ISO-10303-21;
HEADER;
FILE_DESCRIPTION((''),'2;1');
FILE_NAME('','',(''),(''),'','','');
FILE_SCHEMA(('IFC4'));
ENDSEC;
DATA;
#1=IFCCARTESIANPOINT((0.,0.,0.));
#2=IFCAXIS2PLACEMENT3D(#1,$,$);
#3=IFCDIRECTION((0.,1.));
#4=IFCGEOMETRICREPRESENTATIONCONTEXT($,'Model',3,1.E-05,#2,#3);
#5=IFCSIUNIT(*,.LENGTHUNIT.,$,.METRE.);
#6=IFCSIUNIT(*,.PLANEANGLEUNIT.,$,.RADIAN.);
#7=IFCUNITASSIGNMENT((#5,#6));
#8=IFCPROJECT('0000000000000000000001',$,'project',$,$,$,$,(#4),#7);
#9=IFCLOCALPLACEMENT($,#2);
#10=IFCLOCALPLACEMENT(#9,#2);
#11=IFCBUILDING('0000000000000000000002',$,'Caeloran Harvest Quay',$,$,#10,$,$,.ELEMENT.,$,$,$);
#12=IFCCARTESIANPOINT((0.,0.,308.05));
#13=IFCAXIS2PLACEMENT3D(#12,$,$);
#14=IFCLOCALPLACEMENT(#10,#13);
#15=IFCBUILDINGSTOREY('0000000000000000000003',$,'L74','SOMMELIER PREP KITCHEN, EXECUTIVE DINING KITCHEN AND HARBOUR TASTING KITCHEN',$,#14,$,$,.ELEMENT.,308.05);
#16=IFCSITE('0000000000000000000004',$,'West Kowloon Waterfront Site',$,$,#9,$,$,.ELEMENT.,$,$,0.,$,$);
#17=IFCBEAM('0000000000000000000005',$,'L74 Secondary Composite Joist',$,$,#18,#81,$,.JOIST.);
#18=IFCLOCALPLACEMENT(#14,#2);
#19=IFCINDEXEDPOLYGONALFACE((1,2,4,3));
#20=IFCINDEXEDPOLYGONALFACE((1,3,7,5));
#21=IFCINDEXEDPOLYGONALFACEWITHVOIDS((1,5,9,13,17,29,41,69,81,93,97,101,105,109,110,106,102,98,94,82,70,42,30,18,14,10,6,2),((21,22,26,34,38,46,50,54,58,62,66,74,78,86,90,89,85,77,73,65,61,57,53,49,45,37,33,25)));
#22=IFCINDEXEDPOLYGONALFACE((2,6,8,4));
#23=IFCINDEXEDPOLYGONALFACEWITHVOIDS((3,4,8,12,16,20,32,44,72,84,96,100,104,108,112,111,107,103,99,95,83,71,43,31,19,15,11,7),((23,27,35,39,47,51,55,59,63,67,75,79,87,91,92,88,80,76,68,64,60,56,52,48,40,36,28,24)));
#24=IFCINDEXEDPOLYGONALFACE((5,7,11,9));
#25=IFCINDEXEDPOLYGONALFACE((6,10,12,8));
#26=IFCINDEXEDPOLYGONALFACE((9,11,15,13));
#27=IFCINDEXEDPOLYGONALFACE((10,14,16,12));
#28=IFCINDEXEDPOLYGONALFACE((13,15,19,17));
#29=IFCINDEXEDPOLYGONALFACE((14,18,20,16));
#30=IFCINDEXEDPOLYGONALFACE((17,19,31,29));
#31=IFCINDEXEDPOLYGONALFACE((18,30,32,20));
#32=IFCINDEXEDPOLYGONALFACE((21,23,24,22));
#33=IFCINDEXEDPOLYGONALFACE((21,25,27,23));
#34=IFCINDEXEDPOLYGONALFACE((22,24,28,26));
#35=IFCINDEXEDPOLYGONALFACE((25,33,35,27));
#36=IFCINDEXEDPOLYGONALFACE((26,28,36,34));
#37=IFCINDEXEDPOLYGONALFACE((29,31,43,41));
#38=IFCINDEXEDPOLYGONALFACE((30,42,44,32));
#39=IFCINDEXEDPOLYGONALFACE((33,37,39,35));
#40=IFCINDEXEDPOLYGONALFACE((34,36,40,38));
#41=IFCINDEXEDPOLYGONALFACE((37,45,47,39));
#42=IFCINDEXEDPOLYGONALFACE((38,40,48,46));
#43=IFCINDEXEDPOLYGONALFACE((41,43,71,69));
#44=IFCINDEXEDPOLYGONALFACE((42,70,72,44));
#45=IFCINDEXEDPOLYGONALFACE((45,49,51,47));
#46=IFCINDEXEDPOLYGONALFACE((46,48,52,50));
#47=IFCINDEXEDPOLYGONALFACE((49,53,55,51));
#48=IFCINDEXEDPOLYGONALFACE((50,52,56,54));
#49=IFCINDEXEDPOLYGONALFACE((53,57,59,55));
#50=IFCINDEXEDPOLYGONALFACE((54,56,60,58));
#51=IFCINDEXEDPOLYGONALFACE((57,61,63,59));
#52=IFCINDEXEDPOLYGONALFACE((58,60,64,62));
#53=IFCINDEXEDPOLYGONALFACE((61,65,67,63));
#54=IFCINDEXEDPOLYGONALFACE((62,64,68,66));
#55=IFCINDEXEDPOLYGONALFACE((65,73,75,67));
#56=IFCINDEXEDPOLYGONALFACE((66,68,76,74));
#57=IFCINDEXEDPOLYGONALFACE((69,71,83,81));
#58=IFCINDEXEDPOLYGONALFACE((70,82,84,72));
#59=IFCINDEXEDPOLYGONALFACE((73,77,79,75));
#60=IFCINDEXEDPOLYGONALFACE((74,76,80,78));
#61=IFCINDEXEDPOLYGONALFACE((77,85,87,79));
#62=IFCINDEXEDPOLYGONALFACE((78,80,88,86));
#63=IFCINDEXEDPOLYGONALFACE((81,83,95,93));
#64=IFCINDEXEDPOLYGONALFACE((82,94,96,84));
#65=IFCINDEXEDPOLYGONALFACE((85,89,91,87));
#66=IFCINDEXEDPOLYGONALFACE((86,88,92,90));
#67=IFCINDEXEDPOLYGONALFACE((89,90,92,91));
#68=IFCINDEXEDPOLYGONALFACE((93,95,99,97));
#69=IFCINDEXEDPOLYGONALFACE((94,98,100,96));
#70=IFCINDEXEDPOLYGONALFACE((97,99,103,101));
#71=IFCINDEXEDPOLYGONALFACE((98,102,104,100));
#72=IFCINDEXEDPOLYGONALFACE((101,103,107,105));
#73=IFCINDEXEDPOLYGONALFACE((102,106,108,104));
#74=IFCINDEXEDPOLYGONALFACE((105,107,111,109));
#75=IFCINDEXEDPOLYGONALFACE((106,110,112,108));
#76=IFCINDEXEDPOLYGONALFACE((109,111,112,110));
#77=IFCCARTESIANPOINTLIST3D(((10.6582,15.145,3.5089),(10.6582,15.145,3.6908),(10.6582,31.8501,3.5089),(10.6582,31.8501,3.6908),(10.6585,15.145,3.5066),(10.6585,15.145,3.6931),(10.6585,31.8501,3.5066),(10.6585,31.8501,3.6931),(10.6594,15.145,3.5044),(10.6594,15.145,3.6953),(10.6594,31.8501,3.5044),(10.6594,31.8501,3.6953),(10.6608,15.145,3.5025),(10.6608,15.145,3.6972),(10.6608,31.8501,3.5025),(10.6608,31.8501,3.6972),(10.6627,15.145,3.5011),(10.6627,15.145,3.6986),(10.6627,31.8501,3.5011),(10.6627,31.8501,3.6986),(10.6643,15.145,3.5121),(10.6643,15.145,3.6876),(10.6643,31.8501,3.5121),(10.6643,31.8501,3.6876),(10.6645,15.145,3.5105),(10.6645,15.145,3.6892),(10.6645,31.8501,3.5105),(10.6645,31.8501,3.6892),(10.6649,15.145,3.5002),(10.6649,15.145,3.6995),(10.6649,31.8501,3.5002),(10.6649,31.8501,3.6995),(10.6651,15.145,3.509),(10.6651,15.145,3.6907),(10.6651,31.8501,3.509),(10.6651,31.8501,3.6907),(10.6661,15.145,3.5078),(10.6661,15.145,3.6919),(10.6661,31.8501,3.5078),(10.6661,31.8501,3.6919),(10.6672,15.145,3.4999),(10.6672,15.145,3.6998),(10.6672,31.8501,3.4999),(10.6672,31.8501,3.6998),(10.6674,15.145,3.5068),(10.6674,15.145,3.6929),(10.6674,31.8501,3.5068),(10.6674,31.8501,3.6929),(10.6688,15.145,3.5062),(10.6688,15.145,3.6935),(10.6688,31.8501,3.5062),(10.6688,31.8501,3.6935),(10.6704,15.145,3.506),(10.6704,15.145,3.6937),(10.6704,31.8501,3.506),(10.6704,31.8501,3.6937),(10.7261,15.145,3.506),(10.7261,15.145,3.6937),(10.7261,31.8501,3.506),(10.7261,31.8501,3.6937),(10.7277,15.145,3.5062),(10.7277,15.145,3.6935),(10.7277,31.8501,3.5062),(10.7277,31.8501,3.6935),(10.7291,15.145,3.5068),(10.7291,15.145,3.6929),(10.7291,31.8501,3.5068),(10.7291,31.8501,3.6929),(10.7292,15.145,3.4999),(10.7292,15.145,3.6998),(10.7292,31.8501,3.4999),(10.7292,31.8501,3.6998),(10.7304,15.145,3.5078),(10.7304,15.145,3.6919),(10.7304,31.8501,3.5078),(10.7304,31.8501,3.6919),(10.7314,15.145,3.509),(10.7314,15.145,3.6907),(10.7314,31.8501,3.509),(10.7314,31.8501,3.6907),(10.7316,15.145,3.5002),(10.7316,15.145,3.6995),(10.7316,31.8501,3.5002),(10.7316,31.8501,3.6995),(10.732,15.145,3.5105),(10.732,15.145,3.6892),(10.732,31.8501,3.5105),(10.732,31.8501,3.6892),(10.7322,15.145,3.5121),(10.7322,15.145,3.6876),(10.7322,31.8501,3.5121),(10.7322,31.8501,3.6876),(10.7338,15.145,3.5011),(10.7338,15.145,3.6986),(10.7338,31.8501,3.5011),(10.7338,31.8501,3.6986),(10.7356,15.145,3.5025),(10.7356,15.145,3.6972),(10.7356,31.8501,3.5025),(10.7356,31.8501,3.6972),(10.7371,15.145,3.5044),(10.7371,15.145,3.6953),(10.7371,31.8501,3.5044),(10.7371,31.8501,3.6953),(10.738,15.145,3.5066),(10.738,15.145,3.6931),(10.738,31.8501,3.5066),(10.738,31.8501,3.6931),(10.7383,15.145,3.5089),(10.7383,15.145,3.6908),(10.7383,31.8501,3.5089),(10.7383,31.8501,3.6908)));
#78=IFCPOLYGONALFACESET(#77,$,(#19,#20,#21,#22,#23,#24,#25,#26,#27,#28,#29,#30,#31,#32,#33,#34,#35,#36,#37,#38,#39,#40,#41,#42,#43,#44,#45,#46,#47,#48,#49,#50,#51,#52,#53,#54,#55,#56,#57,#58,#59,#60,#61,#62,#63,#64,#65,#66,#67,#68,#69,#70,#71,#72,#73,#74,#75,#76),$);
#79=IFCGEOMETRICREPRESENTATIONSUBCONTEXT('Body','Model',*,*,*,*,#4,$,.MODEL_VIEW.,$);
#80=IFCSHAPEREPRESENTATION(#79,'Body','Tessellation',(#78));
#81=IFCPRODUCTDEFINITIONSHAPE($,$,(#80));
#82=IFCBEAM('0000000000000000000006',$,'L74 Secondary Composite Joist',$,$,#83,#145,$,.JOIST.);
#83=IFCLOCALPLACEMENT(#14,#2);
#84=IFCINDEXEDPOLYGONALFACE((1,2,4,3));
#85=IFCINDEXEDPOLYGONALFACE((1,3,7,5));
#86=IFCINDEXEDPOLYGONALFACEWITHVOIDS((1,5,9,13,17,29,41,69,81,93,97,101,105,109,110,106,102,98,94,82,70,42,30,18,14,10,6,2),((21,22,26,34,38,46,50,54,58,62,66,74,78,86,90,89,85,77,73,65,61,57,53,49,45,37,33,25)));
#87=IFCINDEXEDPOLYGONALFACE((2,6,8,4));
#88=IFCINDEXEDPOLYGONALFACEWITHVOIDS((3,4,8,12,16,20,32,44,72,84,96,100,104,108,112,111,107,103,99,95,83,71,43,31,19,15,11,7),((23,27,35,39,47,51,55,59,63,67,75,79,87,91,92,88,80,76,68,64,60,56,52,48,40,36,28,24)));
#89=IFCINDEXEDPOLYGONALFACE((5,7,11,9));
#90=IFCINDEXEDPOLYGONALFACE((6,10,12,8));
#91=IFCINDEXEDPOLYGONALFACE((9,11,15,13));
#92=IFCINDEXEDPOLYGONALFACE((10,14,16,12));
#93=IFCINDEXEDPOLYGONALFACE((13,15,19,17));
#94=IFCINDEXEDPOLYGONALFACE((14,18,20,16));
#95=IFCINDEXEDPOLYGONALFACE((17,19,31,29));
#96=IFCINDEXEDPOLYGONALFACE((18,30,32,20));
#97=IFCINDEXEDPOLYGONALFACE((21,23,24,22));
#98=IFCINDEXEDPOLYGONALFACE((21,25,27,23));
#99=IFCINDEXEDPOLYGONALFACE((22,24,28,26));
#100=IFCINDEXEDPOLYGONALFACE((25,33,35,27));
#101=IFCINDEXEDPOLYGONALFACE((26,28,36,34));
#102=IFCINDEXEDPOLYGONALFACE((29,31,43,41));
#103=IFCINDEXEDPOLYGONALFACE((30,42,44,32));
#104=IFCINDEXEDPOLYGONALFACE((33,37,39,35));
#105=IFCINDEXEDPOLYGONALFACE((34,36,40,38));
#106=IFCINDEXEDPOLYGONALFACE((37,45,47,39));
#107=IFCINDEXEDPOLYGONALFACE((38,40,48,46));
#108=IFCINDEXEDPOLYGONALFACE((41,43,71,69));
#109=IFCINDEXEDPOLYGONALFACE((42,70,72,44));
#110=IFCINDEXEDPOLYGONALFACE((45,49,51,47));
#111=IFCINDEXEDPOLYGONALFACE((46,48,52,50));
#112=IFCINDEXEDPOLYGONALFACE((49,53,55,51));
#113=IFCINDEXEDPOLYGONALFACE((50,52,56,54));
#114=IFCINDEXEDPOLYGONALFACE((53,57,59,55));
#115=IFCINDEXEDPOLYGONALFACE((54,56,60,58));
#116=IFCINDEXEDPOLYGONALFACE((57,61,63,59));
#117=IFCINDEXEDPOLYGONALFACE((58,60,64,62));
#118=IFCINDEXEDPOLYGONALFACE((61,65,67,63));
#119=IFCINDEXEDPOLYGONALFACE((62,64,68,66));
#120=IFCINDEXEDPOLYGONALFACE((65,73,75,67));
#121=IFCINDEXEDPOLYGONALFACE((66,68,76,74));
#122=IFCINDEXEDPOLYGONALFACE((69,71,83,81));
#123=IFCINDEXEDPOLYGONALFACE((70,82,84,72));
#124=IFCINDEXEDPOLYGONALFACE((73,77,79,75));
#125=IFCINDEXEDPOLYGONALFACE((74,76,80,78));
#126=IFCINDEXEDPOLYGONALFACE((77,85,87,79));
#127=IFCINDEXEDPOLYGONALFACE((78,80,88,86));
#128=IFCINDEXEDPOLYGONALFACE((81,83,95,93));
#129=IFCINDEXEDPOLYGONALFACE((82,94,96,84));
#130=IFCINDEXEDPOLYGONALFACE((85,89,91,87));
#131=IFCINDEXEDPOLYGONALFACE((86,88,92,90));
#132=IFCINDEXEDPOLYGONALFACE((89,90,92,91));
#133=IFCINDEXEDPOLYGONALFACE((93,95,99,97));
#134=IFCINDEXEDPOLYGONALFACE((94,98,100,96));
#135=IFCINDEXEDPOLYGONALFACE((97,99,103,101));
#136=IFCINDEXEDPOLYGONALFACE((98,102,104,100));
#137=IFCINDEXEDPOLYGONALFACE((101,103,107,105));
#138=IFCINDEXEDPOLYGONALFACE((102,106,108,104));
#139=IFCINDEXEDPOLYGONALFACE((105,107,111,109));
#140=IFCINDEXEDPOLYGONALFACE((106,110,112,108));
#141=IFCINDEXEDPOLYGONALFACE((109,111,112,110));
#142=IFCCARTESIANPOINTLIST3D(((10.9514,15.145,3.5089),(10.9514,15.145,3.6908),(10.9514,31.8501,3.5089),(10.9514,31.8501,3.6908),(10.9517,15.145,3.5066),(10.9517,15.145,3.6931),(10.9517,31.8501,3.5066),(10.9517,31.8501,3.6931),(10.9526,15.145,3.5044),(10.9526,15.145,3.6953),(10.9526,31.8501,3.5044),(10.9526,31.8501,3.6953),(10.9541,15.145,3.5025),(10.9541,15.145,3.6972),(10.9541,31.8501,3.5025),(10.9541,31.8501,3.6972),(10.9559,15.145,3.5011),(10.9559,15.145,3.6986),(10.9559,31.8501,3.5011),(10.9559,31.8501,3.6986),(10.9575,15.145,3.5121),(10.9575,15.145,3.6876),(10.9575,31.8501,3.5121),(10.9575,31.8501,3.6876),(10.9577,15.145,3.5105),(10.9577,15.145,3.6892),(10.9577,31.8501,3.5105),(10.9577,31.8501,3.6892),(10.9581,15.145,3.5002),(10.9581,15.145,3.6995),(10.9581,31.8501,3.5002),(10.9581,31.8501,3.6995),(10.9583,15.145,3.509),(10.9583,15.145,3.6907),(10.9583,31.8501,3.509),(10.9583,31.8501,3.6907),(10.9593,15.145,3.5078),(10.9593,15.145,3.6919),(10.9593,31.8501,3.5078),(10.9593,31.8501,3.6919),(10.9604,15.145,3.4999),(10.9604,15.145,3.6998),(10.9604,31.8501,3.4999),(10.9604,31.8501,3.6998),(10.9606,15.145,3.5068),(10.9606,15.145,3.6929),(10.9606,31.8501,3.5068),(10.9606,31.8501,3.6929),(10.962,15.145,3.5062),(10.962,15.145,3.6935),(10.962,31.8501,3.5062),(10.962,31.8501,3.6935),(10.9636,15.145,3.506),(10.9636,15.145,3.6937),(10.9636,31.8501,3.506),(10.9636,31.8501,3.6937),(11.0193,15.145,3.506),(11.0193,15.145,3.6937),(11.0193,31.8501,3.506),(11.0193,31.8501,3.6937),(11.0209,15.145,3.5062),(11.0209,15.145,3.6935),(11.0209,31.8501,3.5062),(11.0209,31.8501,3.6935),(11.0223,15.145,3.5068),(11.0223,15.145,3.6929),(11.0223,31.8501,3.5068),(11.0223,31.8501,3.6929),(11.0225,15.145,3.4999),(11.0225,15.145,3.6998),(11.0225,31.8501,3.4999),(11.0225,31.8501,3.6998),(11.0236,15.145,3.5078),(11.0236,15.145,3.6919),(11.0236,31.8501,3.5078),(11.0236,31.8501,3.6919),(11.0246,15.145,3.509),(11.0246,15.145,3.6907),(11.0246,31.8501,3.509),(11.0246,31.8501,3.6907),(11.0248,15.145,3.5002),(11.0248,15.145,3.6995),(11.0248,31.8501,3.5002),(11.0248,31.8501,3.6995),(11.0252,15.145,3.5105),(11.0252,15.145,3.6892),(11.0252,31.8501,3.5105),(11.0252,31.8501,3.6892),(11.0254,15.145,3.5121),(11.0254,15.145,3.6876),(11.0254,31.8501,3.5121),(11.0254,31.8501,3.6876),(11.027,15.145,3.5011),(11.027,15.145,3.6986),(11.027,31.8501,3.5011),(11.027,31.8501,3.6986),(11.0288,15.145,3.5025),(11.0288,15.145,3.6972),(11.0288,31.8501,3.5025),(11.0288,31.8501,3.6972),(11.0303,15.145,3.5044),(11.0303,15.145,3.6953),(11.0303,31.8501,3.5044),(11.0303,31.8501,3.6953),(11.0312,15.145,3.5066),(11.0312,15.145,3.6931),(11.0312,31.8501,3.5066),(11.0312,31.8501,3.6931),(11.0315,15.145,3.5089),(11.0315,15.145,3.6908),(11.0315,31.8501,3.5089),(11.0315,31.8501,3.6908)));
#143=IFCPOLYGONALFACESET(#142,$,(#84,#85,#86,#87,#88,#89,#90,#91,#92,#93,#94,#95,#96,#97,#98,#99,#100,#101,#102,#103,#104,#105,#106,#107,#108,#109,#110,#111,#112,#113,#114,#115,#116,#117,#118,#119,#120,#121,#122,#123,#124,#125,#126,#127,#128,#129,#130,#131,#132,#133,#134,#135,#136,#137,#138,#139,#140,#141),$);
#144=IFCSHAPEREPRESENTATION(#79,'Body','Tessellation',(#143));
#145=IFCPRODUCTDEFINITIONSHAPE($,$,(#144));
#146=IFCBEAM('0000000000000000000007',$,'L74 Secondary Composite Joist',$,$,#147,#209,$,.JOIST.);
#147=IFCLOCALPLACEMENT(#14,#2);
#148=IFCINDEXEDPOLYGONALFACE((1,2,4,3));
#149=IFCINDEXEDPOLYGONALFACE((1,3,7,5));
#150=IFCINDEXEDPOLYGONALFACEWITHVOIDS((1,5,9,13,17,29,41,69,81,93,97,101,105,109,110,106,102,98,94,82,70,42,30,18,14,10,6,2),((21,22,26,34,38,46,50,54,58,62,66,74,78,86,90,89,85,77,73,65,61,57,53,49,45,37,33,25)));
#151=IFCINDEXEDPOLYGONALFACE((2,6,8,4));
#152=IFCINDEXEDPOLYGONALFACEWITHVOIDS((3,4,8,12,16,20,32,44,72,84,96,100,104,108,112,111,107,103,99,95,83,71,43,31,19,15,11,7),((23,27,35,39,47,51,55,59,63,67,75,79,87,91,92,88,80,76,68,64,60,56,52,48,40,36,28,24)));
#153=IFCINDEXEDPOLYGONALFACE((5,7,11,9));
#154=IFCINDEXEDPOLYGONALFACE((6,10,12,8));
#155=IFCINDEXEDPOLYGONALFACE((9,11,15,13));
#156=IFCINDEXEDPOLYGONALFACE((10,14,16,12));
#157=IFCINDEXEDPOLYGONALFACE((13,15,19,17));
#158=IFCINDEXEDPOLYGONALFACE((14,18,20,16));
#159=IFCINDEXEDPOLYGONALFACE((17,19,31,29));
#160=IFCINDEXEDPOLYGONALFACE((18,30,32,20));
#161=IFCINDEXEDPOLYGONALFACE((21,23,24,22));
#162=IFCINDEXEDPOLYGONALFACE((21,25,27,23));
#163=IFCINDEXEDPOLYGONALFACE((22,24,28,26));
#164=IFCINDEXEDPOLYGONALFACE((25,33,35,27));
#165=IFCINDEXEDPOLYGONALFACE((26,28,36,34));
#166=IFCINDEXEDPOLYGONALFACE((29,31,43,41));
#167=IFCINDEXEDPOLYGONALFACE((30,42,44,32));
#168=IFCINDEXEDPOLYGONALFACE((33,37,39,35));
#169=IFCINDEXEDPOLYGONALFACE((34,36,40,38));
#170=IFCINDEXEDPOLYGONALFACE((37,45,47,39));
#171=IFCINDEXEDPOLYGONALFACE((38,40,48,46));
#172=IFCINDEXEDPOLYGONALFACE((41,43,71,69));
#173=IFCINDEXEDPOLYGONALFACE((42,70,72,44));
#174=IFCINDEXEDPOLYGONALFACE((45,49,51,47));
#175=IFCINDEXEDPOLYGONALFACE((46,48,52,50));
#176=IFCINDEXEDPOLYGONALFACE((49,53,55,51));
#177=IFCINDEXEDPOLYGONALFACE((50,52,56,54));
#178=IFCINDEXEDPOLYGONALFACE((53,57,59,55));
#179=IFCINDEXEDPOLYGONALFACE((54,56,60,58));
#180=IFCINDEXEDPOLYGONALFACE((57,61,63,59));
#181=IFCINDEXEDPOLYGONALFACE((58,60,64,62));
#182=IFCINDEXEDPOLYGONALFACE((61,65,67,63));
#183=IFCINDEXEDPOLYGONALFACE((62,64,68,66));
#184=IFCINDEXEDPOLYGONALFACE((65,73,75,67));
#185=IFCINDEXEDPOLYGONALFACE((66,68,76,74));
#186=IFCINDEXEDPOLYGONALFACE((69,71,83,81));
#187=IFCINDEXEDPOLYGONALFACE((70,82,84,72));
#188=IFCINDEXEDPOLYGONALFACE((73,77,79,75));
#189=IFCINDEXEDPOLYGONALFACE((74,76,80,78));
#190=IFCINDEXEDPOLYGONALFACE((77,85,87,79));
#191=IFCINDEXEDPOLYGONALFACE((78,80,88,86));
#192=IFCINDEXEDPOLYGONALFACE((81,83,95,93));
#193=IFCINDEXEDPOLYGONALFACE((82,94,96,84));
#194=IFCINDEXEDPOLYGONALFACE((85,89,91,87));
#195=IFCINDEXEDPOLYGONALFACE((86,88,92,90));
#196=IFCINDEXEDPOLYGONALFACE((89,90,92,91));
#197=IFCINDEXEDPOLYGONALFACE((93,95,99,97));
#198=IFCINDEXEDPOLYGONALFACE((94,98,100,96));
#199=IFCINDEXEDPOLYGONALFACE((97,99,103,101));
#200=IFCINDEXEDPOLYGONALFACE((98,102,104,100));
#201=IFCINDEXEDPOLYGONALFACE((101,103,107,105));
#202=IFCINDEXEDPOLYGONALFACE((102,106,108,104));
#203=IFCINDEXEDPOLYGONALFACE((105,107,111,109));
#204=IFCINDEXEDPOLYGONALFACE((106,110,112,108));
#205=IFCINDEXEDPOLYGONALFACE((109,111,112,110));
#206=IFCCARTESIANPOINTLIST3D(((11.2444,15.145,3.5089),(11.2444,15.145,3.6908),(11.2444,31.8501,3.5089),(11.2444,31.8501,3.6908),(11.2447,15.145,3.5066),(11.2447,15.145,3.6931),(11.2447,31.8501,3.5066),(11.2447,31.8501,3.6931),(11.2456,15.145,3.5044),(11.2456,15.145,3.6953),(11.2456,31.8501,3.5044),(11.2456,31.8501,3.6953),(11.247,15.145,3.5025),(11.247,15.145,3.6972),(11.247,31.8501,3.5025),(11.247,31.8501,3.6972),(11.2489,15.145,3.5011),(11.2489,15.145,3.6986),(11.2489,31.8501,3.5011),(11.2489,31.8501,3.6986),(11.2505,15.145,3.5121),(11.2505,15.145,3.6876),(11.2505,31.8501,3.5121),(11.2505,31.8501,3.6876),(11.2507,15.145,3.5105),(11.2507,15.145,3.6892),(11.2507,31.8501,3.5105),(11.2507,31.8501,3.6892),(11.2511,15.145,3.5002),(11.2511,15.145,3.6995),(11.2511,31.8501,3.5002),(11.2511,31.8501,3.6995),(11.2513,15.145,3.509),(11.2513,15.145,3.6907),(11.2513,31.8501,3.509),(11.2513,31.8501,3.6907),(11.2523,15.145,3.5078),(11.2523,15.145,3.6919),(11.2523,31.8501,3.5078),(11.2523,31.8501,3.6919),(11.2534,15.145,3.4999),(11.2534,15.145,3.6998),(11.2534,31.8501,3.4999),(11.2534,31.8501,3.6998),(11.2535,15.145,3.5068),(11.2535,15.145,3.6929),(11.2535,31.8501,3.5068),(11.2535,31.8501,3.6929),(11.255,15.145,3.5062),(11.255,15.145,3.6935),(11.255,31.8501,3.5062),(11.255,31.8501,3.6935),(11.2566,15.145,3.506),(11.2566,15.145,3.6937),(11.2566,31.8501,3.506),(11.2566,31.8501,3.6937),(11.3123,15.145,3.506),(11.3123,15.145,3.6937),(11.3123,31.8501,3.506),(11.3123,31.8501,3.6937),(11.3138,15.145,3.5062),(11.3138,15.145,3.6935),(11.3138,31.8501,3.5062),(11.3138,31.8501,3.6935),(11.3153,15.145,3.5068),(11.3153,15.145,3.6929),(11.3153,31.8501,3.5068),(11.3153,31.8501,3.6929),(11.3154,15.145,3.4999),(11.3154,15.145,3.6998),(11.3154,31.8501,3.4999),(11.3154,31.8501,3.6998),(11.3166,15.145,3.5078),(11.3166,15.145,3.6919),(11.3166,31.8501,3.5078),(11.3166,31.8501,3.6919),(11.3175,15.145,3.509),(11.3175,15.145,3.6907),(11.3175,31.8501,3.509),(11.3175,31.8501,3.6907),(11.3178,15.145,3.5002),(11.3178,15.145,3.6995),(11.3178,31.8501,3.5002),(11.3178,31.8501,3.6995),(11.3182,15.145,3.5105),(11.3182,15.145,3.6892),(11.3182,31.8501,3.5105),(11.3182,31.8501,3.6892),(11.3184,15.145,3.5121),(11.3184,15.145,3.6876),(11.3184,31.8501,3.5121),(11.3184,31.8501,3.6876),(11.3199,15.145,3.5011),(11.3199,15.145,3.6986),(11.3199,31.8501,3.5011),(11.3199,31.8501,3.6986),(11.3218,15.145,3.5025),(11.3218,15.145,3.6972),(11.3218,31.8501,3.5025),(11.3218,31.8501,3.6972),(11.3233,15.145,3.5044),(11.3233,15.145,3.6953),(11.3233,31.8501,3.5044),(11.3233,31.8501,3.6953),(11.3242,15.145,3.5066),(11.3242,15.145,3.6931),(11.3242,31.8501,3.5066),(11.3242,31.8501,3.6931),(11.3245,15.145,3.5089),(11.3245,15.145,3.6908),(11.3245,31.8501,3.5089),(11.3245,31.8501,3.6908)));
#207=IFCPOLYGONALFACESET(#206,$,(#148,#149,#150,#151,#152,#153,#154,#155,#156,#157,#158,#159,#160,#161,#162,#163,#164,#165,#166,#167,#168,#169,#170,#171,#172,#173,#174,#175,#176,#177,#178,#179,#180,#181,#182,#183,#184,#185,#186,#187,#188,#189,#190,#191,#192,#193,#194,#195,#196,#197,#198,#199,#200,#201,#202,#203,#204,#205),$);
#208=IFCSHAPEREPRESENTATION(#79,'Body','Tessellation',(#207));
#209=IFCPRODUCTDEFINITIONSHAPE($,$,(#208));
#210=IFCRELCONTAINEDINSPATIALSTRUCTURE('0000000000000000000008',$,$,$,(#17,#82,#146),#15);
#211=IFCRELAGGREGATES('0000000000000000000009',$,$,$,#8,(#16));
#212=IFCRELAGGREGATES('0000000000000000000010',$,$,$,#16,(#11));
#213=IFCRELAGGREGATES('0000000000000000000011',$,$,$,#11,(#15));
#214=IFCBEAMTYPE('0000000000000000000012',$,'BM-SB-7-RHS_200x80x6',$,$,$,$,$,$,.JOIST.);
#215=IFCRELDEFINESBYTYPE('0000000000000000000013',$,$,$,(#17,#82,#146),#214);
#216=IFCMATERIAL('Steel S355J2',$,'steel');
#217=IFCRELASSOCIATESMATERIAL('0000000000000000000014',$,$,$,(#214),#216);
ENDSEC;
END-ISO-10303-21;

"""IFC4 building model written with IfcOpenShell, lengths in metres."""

from ifc_helpers import new_model, si_unit, direction, frame, origin, origin_2d, place, context, subcontext, project, spatial, hollow_rectangle, extrude, material, material_profile, profile_set, type_object, element, save


model = new_model("IFC4")

# Units and contexts
model_context = context("Model", 3, precision=1e-05, world=origin(), true_north=direction((0.0, 1.0)))
body_context = subcontext(model_context, "Body", "Model", "MODEL_VIEW")
ifc_project = project(units=[si_unit("LENGTHUNIT", "METRE"), si_unit("PLANEANGLEUNIT", "RADIAN")], contexts=[model_context])

# Site, building, storey
site_placement = place(None, origin())
site = spatial("IfcSite", under=ifc_project, at=site_placement, Name="West Kowloon Waterfront Site", CompositionType="ELEMENT", RefElevation=0.0)
building_placement = place(site_placement, origin())
building = spatial("IfcBuilding", under=site, at=building_placement, Name="Caeloran Harvest Quay", CompositionType="ELEMENT")
storey_placement = place(building_placement, frame((0.0, 0.0, 308.05)))
storey = spatial("IfcBuildingStorey", under=building, at=storey_placement, Name="L74", Description="SOMMELIER PREP KITCHEN, EXECUTIVE DINING KITCHEN AND HARBOUR TASTING KITCHEN", CompositionType="ELEMENT", Elevation=308.05)

# Beams
ifc_material_1 = material(Name="Steel S355J2", Category="steel")
ifc_material_profile_1 = material_profile(ifc_material_1, hollow_rectangle(XDim=0.0801, YDim=0.2, WallThickness=0.0061, InnerFilletRadius=0.0061, OuterFilletRadius=0.009, at=origin_2d()), Name="RHS 200x80x6")
ifc_profile_set_1 = profile_set([ifc_material_profile_1], Name="Steel S355J2")
beam_type_1 = type_object("IfcBeamType", Name="BM-SB-7-RHS_200x80x6", PredefinedType="JOIST", material=ifc_profile_set_1)
for number, where, z_axis, x_axis, name in (
    (1, (10.6982, 15.145, 3.5999), (0.0, 1.0, 0.0), (-1.0, 0.0, 0.0), "L74 Secondary Composite Joist"),
    (2, (10.9915, 15.145, 3.5999), (0.0, 1.0, 0.0), (-1.0, 0.0, 0.0), "L74 Secondary Composite Joist"),
    (3, (11.2844, 15.145, 3.5999), (0.0, 1.0, 0.0), (-1.0, 0.0, 0.0), "L74 Secondary Composite Joist"),
):
    element("IfcBeam", number, at=place(storey_placement, frame(where, z_axis=z_axis, x_axis=x_axis)), inside=storey, type_object=beam_type_1, Name=name, PredefinedType="JOIST", context=body_context, shape_type="SweptSolid", body=[
        extrude(hollow_rectangle(XDim=0.0801, YDim=0.2, WallThickness=0.0061, InnerFilletRadius=0.0061, OuterFilletRadius=0.009, at=origin_2d()), origin(), (0.0, 0.0, 1.0), 16.7051),
    ])

save(model, "model.ifc")
